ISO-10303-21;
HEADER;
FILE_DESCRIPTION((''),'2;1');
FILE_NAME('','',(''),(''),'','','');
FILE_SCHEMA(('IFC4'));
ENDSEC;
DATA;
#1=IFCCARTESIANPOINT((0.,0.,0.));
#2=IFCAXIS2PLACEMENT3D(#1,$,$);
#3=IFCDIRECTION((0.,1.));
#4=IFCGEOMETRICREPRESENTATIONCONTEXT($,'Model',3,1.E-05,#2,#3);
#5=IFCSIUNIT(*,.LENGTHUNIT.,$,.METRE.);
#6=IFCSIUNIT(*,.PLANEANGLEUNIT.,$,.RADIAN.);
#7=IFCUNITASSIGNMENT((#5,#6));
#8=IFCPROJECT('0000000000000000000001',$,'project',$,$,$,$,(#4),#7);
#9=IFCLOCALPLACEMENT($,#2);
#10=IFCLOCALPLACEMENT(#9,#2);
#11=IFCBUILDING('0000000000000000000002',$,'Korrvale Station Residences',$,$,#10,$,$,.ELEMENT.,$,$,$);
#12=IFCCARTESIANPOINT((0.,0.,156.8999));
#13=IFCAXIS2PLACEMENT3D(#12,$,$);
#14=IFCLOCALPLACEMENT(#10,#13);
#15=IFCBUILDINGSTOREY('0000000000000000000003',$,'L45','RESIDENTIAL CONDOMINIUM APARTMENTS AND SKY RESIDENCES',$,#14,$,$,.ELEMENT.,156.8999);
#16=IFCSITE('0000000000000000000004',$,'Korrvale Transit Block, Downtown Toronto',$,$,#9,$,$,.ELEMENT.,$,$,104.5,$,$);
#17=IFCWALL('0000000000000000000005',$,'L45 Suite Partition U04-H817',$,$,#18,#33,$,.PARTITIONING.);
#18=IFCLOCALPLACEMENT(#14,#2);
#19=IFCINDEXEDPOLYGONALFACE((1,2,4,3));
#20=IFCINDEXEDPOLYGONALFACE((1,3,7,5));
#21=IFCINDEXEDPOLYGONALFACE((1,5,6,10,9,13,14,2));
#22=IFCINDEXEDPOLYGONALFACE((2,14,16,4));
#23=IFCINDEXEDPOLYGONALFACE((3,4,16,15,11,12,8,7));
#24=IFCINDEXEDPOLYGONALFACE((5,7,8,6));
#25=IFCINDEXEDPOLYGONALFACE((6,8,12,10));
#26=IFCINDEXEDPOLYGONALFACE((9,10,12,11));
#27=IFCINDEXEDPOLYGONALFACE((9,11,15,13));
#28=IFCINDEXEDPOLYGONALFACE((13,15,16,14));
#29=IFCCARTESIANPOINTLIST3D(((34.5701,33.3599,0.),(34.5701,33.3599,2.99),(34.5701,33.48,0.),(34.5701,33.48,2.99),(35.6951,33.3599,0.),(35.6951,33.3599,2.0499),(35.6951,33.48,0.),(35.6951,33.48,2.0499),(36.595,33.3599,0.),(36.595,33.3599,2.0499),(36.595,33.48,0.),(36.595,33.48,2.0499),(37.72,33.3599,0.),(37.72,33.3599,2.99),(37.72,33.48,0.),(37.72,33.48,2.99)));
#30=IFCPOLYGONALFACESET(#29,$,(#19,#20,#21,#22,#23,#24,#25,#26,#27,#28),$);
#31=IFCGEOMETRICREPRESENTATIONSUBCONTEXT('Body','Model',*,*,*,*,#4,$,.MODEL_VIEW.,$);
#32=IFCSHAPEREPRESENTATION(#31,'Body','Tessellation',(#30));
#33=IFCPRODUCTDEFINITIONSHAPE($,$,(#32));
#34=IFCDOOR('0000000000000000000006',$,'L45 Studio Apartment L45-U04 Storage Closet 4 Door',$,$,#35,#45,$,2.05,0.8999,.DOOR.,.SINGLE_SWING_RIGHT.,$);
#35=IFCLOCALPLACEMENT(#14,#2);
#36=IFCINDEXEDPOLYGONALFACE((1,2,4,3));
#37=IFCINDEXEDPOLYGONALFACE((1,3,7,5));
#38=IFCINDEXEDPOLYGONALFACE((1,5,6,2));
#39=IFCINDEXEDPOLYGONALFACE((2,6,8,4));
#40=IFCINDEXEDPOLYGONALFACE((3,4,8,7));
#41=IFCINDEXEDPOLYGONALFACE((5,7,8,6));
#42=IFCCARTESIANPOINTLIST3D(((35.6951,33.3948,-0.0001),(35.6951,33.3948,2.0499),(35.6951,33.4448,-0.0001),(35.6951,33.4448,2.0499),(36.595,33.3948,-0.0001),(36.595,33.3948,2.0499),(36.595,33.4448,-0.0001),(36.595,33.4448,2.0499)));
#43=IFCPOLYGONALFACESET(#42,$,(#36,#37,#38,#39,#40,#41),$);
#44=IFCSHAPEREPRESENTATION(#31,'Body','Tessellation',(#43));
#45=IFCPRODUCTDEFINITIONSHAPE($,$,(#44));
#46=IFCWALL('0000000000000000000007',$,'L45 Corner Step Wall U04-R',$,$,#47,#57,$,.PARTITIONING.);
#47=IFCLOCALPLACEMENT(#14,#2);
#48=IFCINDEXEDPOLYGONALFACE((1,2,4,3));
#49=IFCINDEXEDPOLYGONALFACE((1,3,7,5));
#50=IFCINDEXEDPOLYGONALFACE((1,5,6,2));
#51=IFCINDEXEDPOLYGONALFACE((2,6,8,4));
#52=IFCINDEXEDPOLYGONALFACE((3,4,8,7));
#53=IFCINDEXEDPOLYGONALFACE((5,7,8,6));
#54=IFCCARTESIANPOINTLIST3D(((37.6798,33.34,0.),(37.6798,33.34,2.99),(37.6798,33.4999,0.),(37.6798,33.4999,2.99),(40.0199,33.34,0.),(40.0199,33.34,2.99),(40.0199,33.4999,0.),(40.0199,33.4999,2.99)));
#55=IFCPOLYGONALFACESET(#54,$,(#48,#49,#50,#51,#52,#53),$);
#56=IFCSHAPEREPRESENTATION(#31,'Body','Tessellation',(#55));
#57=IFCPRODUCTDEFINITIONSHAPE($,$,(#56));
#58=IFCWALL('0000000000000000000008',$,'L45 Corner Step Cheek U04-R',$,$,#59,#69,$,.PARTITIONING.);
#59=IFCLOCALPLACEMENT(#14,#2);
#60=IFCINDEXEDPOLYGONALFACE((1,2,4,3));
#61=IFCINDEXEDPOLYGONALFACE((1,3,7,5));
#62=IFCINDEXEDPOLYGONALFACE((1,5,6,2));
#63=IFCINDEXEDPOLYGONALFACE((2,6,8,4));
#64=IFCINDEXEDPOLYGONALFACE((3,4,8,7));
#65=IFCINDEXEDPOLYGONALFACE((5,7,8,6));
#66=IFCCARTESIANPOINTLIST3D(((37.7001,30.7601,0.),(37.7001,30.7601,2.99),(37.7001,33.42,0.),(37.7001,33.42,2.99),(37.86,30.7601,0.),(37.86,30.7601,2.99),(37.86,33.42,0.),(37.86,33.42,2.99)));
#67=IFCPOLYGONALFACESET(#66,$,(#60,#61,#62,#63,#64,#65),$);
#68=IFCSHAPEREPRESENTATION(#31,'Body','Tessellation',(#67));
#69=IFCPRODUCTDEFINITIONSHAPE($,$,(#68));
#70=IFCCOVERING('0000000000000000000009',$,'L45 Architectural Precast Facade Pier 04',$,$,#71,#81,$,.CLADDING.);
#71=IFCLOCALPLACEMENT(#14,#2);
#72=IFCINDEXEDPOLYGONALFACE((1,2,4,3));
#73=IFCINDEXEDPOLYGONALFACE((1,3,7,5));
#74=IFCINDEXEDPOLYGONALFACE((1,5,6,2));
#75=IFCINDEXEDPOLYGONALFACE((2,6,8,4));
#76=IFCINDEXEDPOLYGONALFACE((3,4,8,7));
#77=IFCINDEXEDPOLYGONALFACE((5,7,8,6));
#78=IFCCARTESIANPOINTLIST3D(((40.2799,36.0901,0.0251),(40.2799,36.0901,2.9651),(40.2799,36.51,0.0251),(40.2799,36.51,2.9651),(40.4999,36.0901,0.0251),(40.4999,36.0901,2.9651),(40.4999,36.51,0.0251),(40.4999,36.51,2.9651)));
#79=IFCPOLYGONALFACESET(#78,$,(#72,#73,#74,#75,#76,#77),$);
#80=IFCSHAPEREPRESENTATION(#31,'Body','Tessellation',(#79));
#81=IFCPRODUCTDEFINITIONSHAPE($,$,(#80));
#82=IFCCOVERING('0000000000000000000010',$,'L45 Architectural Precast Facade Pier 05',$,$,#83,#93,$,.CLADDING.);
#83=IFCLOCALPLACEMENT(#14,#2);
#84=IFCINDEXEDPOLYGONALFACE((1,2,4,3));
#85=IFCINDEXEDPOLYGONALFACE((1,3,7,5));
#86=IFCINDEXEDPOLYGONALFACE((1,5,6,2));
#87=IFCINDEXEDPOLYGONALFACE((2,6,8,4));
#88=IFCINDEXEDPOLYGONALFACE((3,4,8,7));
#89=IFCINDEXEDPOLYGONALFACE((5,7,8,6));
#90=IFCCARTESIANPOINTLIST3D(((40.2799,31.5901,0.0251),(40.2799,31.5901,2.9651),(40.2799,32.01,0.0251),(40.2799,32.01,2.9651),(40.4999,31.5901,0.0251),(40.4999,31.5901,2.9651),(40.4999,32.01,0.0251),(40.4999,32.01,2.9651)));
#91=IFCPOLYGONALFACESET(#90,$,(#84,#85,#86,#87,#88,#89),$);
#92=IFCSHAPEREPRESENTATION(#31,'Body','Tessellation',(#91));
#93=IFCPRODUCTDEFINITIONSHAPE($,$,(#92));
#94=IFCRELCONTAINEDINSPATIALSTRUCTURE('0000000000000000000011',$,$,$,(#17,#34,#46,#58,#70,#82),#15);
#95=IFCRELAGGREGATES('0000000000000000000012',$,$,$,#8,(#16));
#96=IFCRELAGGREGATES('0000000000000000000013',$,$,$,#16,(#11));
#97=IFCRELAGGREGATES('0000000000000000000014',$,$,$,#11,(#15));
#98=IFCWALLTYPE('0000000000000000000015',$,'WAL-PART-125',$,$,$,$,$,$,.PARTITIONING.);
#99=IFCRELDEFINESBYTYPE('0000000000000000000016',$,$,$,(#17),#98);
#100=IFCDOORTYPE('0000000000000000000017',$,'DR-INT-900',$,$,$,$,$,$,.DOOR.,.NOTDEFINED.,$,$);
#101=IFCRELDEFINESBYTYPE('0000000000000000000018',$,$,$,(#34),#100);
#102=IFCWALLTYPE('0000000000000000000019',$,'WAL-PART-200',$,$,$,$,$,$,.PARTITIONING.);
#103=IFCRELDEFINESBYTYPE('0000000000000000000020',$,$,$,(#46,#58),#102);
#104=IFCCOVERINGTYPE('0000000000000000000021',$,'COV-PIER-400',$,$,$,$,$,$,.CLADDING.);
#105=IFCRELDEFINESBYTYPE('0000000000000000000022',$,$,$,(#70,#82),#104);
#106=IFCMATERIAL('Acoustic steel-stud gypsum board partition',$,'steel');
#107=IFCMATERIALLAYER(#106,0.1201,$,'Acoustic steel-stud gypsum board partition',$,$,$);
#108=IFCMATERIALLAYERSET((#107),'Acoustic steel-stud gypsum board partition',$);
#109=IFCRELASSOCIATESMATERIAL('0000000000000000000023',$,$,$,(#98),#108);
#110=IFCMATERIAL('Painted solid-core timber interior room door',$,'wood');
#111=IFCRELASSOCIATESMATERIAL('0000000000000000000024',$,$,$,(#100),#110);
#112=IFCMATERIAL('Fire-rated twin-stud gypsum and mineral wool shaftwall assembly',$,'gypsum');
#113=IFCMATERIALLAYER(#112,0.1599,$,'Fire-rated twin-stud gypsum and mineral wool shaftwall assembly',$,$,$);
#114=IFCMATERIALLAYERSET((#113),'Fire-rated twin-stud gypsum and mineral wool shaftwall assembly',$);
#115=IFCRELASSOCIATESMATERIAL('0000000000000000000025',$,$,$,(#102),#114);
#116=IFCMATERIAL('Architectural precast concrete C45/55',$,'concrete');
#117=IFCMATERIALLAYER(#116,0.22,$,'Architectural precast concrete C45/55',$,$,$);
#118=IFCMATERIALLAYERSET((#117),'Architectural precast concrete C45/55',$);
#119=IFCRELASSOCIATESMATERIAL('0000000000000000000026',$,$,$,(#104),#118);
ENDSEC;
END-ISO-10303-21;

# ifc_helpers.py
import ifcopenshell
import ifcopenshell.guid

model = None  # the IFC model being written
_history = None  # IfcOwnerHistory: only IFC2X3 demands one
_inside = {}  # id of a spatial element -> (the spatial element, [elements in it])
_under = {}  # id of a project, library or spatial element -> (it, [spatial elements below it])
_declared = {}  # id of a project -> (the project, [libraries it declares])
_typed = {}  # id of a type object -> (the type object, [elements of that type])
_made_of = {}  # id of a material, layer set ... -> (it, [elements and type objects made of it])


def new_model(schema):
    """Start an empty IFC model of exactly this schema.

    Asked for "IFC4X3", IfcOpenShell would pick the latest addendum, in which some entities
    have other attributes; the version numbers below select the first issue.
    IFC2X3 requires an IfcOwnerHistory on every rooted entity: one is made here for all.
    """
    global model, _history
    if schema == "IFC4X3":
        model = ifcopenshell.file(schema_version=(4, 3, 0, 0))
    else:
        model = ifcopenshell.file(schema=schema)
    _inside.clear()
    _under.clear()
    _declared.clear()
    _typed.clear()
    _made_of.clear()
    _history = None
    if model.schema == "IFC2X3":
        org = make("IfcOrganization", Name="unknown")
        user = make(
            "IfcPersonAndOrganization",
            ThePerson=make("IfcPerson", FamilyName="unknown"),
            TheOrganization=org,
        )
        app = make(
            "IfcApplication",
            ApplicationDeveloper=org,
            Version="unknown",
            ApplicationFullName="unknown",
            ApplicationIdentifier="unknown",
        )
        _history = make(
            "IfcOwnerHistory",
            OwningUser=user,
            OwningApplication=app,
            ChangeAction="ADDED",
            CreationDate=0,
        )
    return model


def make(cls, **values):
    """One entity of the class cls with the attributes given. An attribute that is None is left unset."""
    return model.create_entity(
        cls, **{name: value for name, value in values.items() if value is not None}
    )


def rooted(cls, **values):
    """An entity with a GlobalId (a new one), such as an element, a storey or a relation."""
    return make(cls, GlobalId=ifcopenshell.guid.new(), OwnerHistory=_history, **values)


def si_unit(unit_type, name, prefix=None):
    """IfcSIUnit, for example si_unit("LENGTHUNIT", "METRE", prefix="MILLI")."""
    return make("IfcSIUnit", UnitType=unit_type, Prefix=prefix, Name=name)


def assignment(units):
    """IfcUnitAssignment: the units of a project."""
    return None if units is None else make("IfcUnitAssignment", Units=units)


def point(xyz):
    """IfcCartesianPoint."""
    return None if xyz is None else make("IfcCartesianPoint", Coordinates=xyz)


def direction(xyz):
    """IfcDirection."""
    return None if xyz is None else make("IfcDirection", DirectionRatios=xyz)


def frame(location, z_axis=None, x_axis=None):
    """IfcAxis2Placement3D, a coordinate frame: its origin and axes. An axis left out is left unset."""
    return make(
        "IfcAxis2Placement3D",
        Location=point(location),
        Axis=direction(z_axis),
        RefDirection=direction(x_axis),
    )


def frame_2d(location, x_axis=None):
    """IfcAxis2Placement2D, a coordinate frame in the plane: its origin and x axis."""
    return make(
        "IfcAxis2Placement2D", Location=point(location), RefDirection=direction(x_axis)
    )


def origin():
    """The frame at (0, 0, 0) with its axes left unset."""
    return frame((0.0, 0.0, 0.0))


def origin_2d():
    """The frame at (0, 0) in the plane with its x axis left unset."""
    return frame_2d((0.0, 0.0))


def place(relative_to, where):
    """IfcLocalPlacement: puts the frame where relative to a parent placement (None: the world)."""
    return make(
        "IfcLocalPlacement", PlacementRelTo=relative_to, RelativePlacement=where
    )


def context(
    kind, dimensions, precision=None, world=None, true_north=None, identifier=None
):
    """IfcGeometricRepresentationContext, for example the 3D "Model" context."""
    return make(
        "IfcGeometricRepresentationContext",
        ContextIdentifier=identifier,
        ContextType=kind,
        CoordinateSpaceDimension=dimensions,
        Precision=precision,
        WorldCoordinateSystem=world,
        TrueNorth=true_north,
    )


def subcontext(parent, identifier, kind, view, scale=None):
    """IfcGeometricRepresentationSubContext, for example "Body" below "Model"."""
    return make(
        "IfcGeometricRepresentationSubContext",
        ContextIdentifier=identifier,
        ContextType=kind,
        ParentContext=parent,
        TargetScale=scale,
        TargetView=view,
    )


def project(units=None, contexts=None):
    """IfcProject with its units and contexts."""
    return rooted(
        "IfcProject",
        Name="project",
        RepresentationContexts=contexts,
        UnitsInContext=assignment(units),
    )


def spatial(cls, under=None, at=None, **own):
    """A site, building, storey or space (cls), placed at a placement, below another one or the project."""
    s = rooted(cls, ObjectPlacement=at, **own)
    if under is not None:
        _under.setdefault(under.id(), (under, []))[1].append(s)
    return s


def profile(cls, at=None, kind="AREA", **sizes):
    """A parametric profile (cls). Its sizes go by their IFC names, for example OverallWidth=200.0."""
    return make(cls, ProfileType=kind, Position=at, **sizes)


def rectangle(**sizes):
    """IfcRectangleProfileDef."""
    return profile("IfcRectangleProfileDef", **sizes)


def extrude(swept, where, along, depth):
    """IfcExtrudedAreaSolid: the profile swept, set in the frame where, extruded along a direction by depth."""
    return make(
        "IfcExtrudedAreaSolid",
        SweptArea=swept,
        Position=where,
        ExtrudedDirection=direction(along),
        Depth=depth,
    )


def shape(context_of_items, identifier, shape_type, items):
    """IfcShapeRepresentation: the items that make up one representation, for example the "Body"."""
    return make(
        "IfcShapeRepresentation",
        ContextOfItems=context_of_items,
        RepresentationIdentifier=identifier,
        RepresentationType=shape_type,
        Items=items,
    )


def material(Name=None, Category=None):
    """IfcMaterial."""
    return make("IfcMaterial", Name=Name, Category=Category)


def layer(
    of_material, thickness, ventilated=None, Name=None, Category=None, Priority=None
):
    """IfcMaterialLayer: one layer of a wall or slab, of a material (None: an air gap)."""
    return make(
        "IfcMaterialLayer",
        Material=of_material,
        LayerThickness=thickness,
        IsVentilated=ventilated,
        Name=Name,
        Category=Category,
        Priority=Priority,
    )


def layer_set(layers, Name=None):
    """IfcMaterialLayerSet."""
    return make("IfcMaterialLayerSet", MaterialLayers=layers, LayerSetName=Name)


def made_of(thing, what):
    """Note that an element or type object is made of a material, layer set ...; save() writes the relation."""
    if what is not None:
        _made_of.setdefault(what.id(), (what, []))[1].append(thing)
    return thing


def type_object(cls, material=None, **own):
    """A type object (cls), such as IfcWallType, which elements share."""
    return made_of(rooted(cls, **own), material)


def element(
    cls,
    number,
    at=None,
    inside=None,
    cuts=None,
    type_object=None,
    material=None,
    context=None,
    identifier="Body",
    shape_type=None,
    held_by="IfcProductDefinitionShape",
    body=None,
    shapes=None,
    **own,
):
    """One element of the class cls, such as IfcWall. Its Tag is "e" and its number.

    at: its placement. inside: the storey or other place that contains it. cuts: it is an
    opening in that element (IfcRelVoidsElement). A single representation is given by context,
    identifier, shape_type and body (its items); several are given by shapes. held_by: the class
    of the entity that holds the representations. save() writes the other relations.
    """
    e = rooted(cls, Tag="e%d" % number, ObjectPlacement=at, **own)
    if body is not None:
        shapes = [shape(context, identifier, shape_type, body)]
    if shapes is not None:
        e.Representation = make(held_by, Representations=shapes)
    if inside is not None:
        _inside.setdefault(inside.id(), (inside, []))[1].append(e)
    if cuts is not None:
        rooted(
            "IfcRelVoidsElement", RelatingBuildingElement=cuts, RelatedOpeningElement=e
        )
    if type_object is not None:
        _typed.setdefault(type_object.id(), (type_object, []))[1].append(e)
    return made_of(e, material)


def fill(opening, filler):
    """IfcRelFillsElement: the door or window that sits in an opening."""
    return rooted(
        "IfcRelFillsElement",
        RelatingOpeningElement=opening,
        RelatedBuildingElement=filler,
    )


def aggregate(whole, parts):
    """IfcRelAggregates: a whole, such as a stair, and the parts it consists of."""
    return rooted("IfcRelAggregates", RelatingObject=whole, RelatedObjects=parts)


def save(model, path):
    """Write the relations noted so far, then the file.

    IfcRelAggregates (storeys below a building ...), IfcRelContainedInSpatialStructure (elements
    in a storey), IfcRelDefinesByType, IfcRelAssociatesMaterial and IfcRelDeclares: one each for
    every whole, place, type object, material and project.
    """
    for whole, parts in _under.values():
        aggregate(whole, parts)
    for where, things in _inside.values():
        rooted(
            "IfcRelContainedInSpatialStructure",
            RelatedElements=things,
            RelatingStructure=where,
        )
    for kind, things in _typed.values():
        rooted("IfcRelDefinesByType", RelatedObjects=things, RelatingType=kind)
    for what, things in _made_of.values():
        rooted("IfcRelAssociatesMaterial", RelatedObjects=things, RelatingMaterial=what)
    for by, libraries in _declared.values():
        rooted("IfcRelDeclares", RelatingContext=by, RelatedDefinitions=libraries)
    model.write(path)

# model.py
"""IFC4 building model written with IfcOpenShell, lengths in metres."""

from ifc_helpers import new_model, si_unit, direction, frame, frame_2d, origin, origin_2d, place, context, subcontext, project, spatial, rectangle, extrude, material, layer, layer_set, type_object, element, fill, save


model = new_model("IFC4")

# Units and contexts
model_context = context("Model", 3, precision=1e-05, world=origin(), true_north=direction((0.0, 1.0)))
body_context = subcontext(model_context, "Body", "Model", "MODEL_VIEW")
ifc_project = project(units=[si_unit("LENGTHUNIT", "METRE"), si_unit("PLANEANGLEUNIT", "RADIAN")], contexts=[model_context])

# Site, building, storey
site_placement = place(None, origin())
site = spatial("IfcSite", under=ifc_project, at=site_placement, Name="Korrvale Transit Block, Downtown Toronto", CompositionType="ELEMENT", RefElevation=104.5)
building_placement = place(site_placement, origin())
building = spatial("IfcBuilding", under=site, at=building_placement, Name="Korrvale Station Residences", CompositionType="ELEMENT")
storey_placement = place(building_placement, frame((0.0, 0.0, 156.8999)))
storey = spatial("IfcBuildingStorey", under=building, at=storey_placement, Name="L45", Description="RESIDENTIAL CONDOMINIUM APARTMENTS AND SKY RESIDENCES", CompositionType="ELEMENT", Elevation=156.8999)

# Shared definitions
ifc_material_1 = material(Name="Acoustic steel-stud gypsum board partition", Category="steel")
ifc_layer_1 = layer(ifc_material_1, 0.1201, Name="Acoustic steel-stud gypsum board partition")
ifc_layer_set_1 = layer_set([ifc_layer_1], Name="Acoustic steel-stud gypsum board partition")
wall_type_1 = type_object("IfcWallType", Name="WAL-PART-125", PredefinedType="PARTITIONING", material=ifc_layer_set_1)
ifc_material_2 = material(Name="Painted solid-core timber interior room door", Category="wood")
door_type = type_object("IfcDoorType", Name="DR-INT-900", OperationType="NOTDEFINED", PredefinedType="DOOR", material=ifc_material_2)

# Wall, opening, door
wall_1_placement = place(storey_placement, frame((34.5701, 33.4199, 0.0), z_axis=(0.0, 0.0, 1.0), x_axis=(1.0, 0.0, 0.0)))
wall_1 = element("IfcWall", 1, at=wall_1_placement, inside=storey, type_object=wall_type_1, Name="L45 Suite Partition U04-H817", PredefinedType="PARTITIONING", context=body_context, shape_type="SweptSolid", body=[
    extrude(rectangle(XDim=3.1499, YDim=0.1201, at=frame_2d((1.575, 0.0))), origin(), (0.0, 0.0, 1.0), 2.99),
])
opening_1_placement = place(wall_1_placement, frame((1.125, 0.0, 0.0)))
opening_1 = element("IfcOpeningElement", 2, at=opening_1_placement, cuts=wall_1, PredefinedType="OPENING", context=body_context, shape_type="SweptSolid", body=[
    extrude(rectangle(XDim=0.8999, YDim=2.05, at=frame_2d((0.45, 1.0249))), frame((0.0, 0.0701, 0.0), z_axis=(0.0, -1.0, 0.0), x_axis=(1.0, 0.0, 0.0)), (0.0, 0.0, 1.0), 0.1401),
])
door_1_placement = place(opening_1_placement, origin())
door_1 = element("IfcDoor", 3, at=door_1_placement, inside=storey, type_object=door_type, Name="L45 Studio Apartment L45-U04 Storage Closet 4 Door", OperationType="SINGLE_SWING_RIGHT", OverallHeight=2.05, OverallWidth=0.8999, PredefinedType="DOOR", context=body_context, shape_type="SweptSolid", body=[
    extrude(rectangle(XDim=0.8999, YDim=2.05, at=frame_2d((0.45, 1.0249))), frame((0.0, 0.0249, 0.0), z_axis=(0.0, -1.0, 0.0), x_axis=(1.0, 0.0, 0.0)), (0.0, 0.0, 1.0), 0.05),
])
fill(opening_1, door_1)

# Walls
ifc_material_3 = material(Name="Fire-rated twin-stud gypsum and mineral wool shaftwall assembly", Category="gypsum")
ifc_layer_2 = layer(ifc_material_3, 0.1599, Name="Fire-rated twin-stud gypsum and mineral wool shaftwall assembly")
ifc_layer_set_2 = layer_set([ifc_layer_2], Name="Fire-rated twin-stud gypsum and mineral wool shaftwall assembly")
wall_type_2 = type_object("IfcWallType", Name="WAL-PART-200", PredefinedType="PARTITIONING", material=ifc_layer_set_2)
wall_2_placement = place(storey_placement, frame((37.6799, 33.4199, 0.0), z_axis=(0.0, 0.0, 1.0), x_axis=(1.0, 0.0, 0.0)))
element("IfcWall", 4, at=wall_2_placement, inside=storey, type_object=wall_type_2, Name="L45 Corner Step Wall U04-R", PredefinedType="PARTITIONING", context=body_context, shape_type="SweptSolid", body=[
    extrude(rectangle(XDim=2.3401, YDim=0.1599, at=frame_2d((1.1699, 0.0))), origin(), (0.0, 0.0, 1.0), 2.99),
])
wall_3_placement = place(storey_placement, frame((37.78, 30.76, 0.0), z_axis=(0.0, 0.0, 1.0), x_axis=(0.0, 1.0, 0.0)))
element("IfcWall", 5, at=wall_3_placement, inside=storey, type_object=wall_type_2, Name="L45 Corner Step Cheek U04-R", PredefinedType="PARTITIONING", context=body_context, shape_type="SweptSolid", body=[
    extrude(rectangle(XDim=2.6599, YDim=0.1599, at=frame_2d((1.3301, 0.0))), origin(), (0.0, 0.0, 1.0), 2.99),
])

# Coverings
ifc_material_4 = material(Name="Architectural precast concrete C45/55", Category="concrete")
ifc_layer_3 = layer(ifc_material_4, 0.22, Name="Architectural precast concrete C45/55")
ifc_layer_set_3 = layer_set([ifc_layer_3], Name="Architectural precast concrete C45/55")
covering_type = type_object("IfcCoveringType", Name="COV-PIER-400", PredefinedType="CLADDING", material=ifc_layer_set_3)
for number, where, z_axis, x_axis, name in (
    (6, (40.3899, 36.3, 0.0251), (0.0, 0.0, 1.0), (0.0, 1.0, 0.0), "L45 Architectural Precast Facade Pier 04"),
    (7, (40.3899, 31.8, 0.0251), (0.0, 0.0, 1.0), (0.0, 1.0, 0.0), "L45 Architectural Precast Facade Pier 05"),
):
    element("IfcCovering", number, at=place(storey_placement, frame(where, z_axis=z_axis, x_axis=x_axis)), inside=storey, type_object=covering_type, Name=name, PredefinedType="CLADDING", context=body_context, shape_type="SweptSolid", body=[
        extrude(rectangle(XDim=0.4199, YDim=0.22, at=origin_2d()), origin(), (0.0, 0.0, 1.0), 2.9399),
    ])

save(model, "model.ifc")
